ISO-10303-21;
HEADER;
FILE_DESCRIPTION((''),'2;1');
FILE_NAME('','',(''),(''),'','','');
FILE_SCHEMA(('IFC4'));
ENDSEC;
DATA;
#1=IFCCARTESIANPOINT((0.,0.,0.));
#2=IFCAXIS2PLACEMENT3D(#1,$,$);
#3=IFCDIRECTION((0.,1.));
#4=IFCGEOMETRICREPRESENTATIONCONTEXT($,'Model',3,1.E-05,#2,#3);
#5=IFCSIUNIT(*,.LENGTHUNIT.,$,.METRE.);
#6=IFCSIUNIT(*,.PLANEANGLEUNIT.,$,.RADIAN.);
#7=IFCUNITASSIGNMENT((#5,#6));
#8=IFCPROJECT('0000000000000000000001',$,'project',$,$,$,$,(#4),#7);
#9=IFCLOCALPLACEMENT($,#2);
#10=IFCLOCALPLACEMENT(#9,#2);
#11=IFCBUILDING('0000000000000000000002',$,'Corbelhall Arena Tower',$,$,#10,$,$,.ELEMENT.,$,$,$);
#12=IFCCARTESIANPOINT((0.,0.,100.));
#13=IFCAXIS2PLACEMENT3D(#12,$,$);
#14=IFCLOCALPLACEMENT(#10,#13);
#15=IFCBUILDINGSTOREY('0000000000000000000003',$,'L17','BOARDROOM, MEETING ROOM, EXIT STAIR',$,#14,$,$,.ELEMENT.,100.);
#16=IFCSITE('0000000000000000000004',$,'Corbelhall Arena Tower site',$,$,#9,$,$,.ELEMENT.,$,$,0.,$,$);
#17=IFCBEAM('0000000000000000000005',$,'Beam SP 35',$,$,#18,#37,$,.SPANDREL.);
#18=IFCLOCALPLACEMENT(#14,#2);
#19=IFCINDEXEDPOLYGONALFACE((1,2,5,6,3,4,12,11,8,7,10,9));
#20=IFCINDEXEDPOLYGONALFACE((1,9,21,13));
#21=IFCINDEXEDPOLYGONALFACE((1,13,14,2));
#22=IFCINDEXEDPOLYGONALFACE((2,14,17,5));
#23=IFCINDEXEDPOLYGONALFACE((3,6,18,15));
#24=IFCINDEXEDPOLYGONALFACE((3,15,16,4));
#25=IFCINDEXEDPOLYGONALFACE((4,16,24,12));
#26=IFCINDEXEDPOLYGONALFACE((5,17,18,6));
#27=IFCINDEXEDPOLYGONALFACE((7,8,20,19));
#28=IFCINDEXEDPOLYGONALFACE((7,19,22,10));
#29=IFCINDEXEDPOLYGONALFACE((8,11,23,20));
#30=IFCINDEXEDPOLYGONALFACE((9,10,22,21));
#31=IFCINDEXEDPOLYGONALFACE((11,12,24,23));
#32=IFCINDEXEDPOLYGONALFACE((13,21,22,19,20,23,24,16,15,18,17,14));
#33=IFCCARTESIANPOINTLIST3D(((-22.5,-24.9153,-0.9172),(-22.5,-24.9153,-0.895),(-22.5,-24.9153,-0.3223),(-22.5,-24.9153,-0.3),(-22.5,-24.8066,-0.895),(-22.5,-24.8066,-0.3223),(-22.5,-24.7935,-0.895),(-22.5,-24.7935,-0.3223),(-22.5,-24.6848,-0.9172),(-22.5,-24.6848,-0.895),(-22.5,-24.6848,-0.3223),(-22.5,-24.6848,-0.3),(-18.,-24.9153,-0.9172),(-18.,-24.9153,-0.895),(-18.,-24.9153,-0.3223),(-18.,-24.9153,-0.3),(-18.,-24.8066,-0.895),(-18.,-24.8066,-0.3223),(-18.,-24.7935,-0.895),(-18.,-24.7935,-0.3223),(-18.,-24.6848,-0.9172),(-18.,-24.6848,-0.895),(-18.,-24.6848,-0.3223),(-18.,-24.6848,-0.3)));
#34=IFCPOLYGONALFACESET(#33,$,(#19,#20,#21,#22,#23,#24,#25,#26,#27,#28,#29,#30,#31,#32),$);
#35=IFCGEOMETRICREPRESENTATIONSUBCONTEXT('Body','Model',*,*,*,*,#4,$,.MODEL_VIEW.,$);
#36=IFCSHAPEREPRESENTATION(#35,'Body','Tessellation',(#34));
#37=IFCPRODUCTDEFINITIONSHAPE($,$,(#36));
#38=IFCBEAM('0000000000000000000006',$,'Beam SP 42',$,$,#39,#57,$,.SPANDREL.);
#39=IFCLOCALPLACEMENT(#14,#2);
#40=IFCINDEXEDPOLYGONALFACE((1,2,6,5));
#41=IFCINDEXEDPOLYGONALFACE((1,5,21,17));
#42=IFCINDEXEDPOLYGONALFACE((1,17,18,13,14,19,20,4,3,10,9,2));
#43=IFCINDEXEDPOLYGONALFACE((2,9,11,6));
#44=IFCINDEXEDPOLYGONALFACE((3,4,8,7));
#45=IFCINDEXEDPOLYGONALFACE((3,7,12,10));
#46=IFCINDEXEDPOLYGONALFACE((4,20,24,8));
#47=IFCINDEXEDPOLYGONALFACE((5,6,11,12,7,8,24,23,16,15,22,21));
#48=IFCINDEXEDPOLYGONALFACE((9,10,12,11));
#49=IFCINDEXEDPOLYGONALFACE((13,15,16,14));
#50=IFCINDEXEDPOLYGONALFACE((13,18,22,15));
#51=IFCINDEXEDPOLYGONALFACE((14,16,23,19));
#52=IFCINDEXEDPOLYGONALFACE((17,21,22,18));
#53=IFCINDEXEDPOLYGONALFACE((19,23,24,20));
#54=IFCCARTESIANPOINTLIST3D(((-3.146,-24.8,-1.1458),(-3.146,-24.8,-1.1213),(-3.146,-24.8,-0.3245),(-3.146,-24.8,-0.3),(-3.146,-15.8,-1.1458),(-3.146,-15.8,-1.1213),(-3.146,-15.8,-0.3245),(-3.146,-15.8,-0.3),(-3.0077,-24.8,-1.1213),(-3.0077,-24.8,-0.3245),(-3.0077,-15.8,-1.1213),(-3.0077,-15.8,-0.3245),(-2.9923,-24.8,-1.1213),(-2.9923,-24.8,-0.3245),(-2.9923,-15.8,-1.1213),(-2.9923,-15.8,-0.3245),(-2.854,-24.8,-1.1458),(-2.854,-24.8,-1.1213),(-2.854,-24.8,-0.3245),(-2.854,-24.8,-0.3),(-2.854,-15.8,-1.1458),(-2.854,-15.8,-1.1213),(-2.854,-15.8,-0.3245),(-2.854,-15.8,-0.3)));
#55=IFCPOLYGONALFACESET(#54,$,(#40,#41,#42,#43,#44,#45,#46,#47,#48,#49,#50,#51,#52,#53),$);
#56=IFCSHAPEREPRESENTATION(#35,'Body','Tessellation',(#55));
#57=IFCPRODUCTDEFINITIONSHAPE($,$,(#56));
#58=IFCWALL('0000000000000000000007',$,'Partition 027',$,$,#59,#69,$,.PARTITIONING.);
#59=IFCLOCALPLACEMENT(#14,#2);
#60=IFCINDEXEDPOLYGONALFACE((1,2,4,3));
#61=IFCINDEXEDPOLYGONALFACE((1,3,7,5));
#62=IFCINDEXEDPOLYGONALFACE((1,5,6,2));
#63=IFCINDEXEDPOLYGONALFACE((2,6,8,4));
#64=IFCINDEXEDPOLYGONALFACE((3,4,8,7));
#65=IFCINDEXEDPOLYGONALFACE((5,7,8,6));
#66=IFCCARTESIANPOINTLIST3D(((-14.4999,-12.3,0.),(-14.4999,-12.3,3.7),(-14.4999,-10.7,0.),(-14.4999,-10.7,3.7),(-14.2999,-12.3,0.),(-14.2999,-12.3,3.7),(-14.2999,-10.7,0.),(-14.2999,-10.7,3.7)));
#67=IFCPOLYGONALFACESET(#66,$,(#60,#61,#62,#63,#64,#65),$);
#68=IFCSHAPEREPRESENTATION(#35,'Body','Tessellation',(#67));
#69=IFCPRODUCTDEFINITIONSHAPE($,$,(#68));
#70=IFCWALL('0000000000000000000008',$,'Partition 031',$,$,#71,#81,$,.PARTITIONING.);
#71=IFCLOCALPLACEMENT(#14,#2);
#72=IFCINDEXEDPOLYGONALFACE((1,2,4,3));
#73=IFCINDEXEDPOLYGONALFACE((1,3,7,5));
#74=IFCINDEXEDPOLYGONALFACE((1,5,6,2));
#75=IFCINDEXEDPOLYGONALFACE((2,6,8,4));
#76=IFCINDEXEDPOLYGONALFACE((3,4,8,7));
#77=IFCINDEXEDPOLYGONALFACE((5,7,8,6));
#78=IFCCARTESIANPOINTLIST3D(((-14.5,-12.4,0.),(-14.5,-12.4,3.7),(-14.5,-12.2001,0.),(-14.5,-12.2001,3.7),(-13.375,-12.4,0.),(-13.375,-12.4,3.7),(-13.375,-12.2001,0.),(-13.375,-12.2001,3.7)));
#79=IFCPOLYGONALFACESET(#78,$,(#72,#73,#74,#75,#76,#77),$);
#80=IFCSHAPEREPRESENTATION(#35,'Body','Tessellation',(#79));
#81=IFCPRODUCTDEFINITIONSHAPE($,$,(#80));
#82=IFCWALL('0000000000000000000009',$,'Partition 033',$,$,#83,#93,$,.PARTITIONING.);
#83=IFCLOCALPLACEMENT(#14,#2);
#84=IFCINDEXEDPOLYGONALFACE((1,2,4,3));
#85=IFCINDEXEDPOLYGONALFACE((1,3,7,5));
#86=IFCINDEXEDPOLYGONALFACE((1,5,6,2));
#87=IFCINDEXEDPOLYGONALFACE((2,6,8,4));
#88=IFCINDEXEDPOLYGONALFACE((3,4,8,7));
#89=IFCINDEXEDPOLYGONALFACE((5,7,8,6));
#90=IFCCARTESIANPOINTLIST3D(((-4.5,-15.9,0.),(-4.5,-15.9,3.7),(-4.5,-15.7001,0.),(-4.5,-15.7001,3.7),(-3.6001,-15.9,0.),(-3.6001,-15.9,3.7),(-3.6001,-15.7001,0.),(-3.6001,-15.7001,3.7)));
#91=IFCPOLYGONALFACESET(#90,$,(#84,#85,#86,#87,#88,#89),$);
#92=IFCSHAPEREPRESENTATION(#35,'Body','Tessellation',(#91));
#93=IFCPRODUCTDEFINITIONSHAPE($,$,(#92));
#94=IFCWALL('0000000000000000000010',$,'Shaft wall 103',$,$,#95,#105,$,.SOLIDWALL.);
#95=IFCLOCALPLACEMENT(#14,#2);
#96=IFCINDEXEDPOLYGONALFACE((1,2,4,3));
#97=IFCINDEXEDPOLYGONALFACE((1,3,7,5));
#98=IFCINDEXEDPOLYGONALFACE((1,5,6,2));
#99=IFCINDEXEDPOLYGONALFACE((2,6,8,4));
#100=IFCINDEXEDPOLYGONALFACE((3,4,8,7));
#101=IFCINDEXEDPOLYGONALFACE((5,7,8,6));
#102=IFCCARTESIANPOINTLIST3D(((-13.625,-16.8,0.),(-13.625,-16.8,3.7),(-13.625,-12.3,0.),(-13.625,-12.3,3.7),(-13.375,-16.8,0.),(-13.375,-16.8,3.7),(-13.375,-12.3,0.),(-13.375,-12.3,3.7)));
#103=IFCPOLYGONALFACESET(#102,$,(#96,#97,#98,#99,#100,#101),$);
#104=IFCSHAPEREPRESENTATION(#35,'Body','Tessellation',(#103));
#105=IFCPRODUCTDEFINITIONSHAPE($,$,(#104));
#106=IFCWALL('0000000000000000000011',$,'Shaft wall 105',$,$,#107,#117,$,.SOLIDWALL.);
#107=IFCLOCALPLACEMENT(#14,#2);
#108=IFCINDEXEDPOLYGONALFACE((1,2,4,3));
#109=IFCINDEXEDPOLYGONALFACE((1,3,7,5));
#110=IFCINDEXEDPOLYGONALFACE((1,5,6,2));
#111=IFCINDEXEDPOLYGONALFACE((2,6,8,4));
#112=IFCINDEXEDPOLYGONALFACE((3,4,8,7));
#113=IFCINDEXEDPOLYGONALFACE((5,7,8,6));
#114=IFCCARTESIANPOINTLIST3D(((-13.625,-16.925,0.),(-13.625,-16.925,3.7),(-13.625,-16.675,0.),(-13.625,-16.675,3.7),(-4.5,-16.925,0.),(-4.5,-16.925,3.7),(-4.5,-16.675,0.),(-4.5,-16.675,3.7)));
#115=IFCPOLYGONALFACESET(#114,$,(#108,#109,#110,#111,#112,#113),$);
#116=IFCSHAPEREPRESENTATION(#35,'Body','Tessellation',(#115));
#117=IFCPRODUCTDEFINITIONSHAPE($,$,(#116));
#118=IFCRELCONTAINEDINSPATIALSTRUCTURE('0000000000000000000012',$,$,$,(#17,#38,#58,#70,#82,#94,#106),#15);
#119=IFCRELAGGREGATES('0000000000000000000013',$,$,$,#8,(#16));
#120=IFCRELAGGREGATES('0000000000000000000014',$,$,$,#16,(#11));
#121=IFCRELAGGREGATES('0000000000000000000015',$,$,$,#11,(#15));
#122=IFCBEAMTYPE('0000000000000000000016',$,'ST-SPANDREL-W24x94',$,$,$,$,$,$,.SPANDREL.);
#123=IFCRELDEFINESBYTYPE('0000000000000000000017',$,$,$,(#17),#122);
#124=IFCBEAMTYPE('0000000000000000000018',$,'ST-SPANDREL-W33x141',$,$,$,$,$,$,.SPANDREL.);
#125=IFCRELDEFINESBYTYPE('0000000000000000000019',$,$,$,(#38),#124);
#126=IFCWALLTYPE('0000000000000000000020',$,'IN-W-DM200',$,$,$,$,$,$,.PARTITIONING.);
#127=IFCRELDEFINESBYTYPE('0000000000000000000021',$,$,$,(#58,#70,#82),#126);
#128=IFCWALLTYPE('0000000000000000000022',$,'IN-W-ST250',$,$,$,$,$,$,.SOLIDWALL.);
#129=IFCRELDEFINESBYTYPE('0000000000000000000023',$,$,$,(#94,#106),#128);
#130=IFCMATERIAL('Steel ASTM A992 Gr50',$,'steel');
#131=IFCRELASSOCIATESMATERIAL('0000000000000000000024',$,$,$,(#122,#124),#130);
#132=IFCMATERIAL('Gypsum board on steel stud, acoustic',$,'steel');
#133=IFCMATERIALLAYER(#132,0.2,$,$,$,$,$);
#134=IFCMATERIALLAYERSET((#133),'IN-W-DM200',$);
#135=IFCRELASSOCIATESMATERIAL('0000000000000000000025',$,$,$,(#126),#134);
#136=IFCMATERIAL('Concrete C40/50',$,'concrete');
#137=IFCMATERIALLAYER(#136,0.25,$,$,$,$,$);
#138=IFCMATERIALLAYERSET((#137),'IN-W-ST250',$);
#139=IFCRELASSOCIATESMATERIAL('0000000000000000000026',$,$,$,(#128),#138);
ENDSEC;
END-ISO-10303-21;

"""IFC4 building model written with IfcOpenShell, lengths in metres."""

from ifc_helpers import new_model, si_unit, direction, frame, frame_2d, origin, origin_2d, place, context, subcontext, project, spatial, rectangle, i_section, extrude, material, layer, layer_set, material_profile, profile_set, type_object, element, save


model = new_model("IFC4")

# Units and contexts
model_context = context("Model", 3, precision=1e-05, world=origin(), true_north=direction((0.0, 1.0)))
body_context = subcontext(model_context, "Body", "Model", "MODEL_VIEW")
ifc_project = project(units=[si_unit("LENGTHUNIT", "METRE"), si_unit("PLANEANGLEUNIT", "RADIAN")], contexts=[model_context])

# Site, building, storey
site_placement = place(None, origin())
site = spatial("IfcSite", under=ifc_project, at=site_placement, Name="Corbelhall Arena Tower site", CompositionType="ELEMENT", RefElevation=0.0)
building_placement = place(site_placement, origin())
building = spatial("IfcBuilding", under=site, at=building_placement, Name="Corbelhall Arena Tower", CompositionType="ELEMENT")
storey_placement = place(building_placement, frame((0.0, 0.0, 100.0)))
storey = spatial("IfcBuildingStorey", under=building, at=storey_placement, Name="L17", Description="BOARDROOM, MEETING ROOM, EXIT STAIR", CompositionType="ELEMENT", Elevation=100.0)

# Beams
ifc_material_1 = material(Name="Steel ASTM A992 Gr50", Category="steel")
ifc_material_profile_1 = material_profile(ifc_material_1, i_section(OverallWidth=0.2305, OverallDepth=0.6172, WebThickness=0.0132, FlangeThickness=0.0222, at=origin_2d()))
ifc_profile_set_1 = profile_set([ifc_material_profile_1], Name="Steel ASTM A992 Gr50")
beam_type_1 = type_object("IfcBeamType", Name="ST-SPANDREL-W24x94", PredefinedType="SPANDREL", material=ifc_profile_set_1)
for number, where, z_axis, x_axis, name in (
    (1, (-18.0, -24.8, -0.6086), (-1.0, 0.0, 0.0), (0.0, -1.0, 0.0), "Beam SP 35"),
):
    element("IfcBeam", number, at=place(storey_placement, frame(where, z_axis=z_axis, x_axis=x_axis)), inside=storey, type_object=beam_type_1, Name=name, PredefinedType="SPANDREL", context=body_context, shape_type="SweptSolid", body=[
        extrude(i_section(OverallWidth=0.2305, OverallDepth=0.6172, WebThickness=0.0132, FlangeThickness=0.0222, at=origin_2d()), origin(), (0.0, 0.0, 1.0), 4.5),
    ])
ifc_material_profile_2 = material_profile(ifc_material_1, i_section(OverallWidth=0.292, OverallDepth=0.8457, WebThickness=0.0154, FlangeThickness=0.0244, at=origin_2d()))
ifc_profile_set_2 = profile_set([ifc_material_profile_2], Name="Steel ASTM A992 Gr50")
beam_type_2 = type_object("IfcBeamType", Name="ST-SPANDREL-W33x141", PredefinedType="SPANDREL", material=ifc_profile_set_2)
beam_1_placement = place(storey_placement, frame((-3.0, -15.8, -0.7229), z_axis=(0.0, -1.0, 0.0), x_axis=(1.0, 0.0, 0.0)))
element("IfcBeam", 2, at=beam_1_placement, inside=storey, type_object=beam_type_2, Name="Beam SP 42", PredefinedType="SPANDREL", context=body_context, shape_type="SweptSolid", body=[
    extrude(i_section(OverallWidth=0.292, OverallDepth=0.8457, WebThickness=0.0154, FlangeThickness=0.0244, at=origin_2d()), origin(), (0.0, 0.0, 1.0), 9.0),
])

# Walls
ifc_material_2 = material(Name="Gypsum board on steel stud, acoustic", Category="steel")
ifc_layer_1 = layer(ifc_material_2, 0.2)
ifc_layer_set_1 = layer_set([ifc_layer_1], Name="IN-W-DM200")
wall_type_1 = type_object("IfcWallType", Name="IN-W-DM200", PredefinedType="PARTITIONING", material=ifc_layer_set_1)
wall_1_placement = place(storey_placement, frame((-14.3999, -12.3, 0.0), z_axis=(0.0, 0.0, 1.0), x_axis=(0.0, 1.0, 0.0)))
element("IfcWall", 3, at=wall_1_placement, inside=storey, type_object=wall_type_1, Name="Partition 027", PredefinedType="PARTITIONING", context=body_context, shape_type="SweptSolid", body=[
    extrude(rectangle(XDim=1.6001, YDim=0.2, at=frame_2d((0.8, 0.0))), origin(), (0.0, 0.0, 1.0), 3.7),
])
wall_2_placement = place(storey_placement, frame((-13.375, -12.3, 0.0), z_axis=(0.0, 0.0, 1.0), x_axis=(-1.0, 0.0, 0.0)))
element("IfcWall", 4, at=wall_2_placement, inside=storey, type_object=wall_type_1, Name="Partition 031", PredefinedType="PARTITIONING", context=body_context, shape_type="SweptSolid", body=[
    extrude(rectangle(XDim=1.125, YDim=0.2, at=frame_2d((0.5625, 0.0))), origin(), (0.0, 0.0, 1.0), 3.7),
])
wall_3_placement = place(storey_placement, frame((-3.6001, -15.8, 0.0), z_axis=(0.0, 0.0, 1.0), x_axis=(-1.0, 0.0, 0.0)))
element("IfcWall", 5, at=wall_3_placement, inside=storey, type_object=wall_type_1, Name="Partition 033", PredefinedType="PARTITIONING", context=body_context, shape_type="SweptSolid", body=[
    extrude(rectangle(XDim=0.8999, YDim=0.2, at=frame_2d((0.45, 0.0))), origin(), (0.0, 0.0, 1.0), 3.7),
])
ifc_material_3 = material(Name="Concrete C40/50", Category="concrete")
ifc_layer_2 = layer(ifc_material_3, 0.25)
ifc_layer_set_2 = layer_set([ifc_layer_2], Name="IN-W-ST250")
wall_type_2 = type_object("IfcWallType", Name="IN-W-ST250", PredefinedType="SOLIDWALL", material=ifc_layer_set_2)
wall_4_placement = place(storey_placement, frame((-13.5, -16.8, 0.0), z_axis=(0.0, 0.0, 1.0), x_axis=(0.0, 1.0, 0.0)))
element("IfcWall", 6, at=wall_4_placement, inside=storey, type_object=wall_type_2, Name="Shaft wall 103", PredefinedType="SOLIDWALL", context=body_context, shape_type="SweptSolid", body=[
    extrude(rectangle(XDim=4.5, YDim=0.25, at=frame_2d((2.25, 0.0))), origin(), (0.0, 0.0, 1.0), 3.7),
])
wall_5_placement = place(storey_placement, frame((-4.5, -16.8, 0.0), z_axis=(0.0, 0.0, 1.0), x_axis=(-1.0, 0.0, 0.0)))
element("IfcWall", 7, at=wall_5_placement, inside=storey, type_object=wall_type_2, Name="Shaft wall 105", PredefinedType="SOLIDWALL", context=body_context, shape_type="SweptSolid", body=[
    extrude(rectangle(XDim=9.125, YDim=0.25, at=frame_2d((4.5625, 0.0))), origin(), (0.0, 0.0, 1.0), 3.7),
])

save(model, "model.ifc")
